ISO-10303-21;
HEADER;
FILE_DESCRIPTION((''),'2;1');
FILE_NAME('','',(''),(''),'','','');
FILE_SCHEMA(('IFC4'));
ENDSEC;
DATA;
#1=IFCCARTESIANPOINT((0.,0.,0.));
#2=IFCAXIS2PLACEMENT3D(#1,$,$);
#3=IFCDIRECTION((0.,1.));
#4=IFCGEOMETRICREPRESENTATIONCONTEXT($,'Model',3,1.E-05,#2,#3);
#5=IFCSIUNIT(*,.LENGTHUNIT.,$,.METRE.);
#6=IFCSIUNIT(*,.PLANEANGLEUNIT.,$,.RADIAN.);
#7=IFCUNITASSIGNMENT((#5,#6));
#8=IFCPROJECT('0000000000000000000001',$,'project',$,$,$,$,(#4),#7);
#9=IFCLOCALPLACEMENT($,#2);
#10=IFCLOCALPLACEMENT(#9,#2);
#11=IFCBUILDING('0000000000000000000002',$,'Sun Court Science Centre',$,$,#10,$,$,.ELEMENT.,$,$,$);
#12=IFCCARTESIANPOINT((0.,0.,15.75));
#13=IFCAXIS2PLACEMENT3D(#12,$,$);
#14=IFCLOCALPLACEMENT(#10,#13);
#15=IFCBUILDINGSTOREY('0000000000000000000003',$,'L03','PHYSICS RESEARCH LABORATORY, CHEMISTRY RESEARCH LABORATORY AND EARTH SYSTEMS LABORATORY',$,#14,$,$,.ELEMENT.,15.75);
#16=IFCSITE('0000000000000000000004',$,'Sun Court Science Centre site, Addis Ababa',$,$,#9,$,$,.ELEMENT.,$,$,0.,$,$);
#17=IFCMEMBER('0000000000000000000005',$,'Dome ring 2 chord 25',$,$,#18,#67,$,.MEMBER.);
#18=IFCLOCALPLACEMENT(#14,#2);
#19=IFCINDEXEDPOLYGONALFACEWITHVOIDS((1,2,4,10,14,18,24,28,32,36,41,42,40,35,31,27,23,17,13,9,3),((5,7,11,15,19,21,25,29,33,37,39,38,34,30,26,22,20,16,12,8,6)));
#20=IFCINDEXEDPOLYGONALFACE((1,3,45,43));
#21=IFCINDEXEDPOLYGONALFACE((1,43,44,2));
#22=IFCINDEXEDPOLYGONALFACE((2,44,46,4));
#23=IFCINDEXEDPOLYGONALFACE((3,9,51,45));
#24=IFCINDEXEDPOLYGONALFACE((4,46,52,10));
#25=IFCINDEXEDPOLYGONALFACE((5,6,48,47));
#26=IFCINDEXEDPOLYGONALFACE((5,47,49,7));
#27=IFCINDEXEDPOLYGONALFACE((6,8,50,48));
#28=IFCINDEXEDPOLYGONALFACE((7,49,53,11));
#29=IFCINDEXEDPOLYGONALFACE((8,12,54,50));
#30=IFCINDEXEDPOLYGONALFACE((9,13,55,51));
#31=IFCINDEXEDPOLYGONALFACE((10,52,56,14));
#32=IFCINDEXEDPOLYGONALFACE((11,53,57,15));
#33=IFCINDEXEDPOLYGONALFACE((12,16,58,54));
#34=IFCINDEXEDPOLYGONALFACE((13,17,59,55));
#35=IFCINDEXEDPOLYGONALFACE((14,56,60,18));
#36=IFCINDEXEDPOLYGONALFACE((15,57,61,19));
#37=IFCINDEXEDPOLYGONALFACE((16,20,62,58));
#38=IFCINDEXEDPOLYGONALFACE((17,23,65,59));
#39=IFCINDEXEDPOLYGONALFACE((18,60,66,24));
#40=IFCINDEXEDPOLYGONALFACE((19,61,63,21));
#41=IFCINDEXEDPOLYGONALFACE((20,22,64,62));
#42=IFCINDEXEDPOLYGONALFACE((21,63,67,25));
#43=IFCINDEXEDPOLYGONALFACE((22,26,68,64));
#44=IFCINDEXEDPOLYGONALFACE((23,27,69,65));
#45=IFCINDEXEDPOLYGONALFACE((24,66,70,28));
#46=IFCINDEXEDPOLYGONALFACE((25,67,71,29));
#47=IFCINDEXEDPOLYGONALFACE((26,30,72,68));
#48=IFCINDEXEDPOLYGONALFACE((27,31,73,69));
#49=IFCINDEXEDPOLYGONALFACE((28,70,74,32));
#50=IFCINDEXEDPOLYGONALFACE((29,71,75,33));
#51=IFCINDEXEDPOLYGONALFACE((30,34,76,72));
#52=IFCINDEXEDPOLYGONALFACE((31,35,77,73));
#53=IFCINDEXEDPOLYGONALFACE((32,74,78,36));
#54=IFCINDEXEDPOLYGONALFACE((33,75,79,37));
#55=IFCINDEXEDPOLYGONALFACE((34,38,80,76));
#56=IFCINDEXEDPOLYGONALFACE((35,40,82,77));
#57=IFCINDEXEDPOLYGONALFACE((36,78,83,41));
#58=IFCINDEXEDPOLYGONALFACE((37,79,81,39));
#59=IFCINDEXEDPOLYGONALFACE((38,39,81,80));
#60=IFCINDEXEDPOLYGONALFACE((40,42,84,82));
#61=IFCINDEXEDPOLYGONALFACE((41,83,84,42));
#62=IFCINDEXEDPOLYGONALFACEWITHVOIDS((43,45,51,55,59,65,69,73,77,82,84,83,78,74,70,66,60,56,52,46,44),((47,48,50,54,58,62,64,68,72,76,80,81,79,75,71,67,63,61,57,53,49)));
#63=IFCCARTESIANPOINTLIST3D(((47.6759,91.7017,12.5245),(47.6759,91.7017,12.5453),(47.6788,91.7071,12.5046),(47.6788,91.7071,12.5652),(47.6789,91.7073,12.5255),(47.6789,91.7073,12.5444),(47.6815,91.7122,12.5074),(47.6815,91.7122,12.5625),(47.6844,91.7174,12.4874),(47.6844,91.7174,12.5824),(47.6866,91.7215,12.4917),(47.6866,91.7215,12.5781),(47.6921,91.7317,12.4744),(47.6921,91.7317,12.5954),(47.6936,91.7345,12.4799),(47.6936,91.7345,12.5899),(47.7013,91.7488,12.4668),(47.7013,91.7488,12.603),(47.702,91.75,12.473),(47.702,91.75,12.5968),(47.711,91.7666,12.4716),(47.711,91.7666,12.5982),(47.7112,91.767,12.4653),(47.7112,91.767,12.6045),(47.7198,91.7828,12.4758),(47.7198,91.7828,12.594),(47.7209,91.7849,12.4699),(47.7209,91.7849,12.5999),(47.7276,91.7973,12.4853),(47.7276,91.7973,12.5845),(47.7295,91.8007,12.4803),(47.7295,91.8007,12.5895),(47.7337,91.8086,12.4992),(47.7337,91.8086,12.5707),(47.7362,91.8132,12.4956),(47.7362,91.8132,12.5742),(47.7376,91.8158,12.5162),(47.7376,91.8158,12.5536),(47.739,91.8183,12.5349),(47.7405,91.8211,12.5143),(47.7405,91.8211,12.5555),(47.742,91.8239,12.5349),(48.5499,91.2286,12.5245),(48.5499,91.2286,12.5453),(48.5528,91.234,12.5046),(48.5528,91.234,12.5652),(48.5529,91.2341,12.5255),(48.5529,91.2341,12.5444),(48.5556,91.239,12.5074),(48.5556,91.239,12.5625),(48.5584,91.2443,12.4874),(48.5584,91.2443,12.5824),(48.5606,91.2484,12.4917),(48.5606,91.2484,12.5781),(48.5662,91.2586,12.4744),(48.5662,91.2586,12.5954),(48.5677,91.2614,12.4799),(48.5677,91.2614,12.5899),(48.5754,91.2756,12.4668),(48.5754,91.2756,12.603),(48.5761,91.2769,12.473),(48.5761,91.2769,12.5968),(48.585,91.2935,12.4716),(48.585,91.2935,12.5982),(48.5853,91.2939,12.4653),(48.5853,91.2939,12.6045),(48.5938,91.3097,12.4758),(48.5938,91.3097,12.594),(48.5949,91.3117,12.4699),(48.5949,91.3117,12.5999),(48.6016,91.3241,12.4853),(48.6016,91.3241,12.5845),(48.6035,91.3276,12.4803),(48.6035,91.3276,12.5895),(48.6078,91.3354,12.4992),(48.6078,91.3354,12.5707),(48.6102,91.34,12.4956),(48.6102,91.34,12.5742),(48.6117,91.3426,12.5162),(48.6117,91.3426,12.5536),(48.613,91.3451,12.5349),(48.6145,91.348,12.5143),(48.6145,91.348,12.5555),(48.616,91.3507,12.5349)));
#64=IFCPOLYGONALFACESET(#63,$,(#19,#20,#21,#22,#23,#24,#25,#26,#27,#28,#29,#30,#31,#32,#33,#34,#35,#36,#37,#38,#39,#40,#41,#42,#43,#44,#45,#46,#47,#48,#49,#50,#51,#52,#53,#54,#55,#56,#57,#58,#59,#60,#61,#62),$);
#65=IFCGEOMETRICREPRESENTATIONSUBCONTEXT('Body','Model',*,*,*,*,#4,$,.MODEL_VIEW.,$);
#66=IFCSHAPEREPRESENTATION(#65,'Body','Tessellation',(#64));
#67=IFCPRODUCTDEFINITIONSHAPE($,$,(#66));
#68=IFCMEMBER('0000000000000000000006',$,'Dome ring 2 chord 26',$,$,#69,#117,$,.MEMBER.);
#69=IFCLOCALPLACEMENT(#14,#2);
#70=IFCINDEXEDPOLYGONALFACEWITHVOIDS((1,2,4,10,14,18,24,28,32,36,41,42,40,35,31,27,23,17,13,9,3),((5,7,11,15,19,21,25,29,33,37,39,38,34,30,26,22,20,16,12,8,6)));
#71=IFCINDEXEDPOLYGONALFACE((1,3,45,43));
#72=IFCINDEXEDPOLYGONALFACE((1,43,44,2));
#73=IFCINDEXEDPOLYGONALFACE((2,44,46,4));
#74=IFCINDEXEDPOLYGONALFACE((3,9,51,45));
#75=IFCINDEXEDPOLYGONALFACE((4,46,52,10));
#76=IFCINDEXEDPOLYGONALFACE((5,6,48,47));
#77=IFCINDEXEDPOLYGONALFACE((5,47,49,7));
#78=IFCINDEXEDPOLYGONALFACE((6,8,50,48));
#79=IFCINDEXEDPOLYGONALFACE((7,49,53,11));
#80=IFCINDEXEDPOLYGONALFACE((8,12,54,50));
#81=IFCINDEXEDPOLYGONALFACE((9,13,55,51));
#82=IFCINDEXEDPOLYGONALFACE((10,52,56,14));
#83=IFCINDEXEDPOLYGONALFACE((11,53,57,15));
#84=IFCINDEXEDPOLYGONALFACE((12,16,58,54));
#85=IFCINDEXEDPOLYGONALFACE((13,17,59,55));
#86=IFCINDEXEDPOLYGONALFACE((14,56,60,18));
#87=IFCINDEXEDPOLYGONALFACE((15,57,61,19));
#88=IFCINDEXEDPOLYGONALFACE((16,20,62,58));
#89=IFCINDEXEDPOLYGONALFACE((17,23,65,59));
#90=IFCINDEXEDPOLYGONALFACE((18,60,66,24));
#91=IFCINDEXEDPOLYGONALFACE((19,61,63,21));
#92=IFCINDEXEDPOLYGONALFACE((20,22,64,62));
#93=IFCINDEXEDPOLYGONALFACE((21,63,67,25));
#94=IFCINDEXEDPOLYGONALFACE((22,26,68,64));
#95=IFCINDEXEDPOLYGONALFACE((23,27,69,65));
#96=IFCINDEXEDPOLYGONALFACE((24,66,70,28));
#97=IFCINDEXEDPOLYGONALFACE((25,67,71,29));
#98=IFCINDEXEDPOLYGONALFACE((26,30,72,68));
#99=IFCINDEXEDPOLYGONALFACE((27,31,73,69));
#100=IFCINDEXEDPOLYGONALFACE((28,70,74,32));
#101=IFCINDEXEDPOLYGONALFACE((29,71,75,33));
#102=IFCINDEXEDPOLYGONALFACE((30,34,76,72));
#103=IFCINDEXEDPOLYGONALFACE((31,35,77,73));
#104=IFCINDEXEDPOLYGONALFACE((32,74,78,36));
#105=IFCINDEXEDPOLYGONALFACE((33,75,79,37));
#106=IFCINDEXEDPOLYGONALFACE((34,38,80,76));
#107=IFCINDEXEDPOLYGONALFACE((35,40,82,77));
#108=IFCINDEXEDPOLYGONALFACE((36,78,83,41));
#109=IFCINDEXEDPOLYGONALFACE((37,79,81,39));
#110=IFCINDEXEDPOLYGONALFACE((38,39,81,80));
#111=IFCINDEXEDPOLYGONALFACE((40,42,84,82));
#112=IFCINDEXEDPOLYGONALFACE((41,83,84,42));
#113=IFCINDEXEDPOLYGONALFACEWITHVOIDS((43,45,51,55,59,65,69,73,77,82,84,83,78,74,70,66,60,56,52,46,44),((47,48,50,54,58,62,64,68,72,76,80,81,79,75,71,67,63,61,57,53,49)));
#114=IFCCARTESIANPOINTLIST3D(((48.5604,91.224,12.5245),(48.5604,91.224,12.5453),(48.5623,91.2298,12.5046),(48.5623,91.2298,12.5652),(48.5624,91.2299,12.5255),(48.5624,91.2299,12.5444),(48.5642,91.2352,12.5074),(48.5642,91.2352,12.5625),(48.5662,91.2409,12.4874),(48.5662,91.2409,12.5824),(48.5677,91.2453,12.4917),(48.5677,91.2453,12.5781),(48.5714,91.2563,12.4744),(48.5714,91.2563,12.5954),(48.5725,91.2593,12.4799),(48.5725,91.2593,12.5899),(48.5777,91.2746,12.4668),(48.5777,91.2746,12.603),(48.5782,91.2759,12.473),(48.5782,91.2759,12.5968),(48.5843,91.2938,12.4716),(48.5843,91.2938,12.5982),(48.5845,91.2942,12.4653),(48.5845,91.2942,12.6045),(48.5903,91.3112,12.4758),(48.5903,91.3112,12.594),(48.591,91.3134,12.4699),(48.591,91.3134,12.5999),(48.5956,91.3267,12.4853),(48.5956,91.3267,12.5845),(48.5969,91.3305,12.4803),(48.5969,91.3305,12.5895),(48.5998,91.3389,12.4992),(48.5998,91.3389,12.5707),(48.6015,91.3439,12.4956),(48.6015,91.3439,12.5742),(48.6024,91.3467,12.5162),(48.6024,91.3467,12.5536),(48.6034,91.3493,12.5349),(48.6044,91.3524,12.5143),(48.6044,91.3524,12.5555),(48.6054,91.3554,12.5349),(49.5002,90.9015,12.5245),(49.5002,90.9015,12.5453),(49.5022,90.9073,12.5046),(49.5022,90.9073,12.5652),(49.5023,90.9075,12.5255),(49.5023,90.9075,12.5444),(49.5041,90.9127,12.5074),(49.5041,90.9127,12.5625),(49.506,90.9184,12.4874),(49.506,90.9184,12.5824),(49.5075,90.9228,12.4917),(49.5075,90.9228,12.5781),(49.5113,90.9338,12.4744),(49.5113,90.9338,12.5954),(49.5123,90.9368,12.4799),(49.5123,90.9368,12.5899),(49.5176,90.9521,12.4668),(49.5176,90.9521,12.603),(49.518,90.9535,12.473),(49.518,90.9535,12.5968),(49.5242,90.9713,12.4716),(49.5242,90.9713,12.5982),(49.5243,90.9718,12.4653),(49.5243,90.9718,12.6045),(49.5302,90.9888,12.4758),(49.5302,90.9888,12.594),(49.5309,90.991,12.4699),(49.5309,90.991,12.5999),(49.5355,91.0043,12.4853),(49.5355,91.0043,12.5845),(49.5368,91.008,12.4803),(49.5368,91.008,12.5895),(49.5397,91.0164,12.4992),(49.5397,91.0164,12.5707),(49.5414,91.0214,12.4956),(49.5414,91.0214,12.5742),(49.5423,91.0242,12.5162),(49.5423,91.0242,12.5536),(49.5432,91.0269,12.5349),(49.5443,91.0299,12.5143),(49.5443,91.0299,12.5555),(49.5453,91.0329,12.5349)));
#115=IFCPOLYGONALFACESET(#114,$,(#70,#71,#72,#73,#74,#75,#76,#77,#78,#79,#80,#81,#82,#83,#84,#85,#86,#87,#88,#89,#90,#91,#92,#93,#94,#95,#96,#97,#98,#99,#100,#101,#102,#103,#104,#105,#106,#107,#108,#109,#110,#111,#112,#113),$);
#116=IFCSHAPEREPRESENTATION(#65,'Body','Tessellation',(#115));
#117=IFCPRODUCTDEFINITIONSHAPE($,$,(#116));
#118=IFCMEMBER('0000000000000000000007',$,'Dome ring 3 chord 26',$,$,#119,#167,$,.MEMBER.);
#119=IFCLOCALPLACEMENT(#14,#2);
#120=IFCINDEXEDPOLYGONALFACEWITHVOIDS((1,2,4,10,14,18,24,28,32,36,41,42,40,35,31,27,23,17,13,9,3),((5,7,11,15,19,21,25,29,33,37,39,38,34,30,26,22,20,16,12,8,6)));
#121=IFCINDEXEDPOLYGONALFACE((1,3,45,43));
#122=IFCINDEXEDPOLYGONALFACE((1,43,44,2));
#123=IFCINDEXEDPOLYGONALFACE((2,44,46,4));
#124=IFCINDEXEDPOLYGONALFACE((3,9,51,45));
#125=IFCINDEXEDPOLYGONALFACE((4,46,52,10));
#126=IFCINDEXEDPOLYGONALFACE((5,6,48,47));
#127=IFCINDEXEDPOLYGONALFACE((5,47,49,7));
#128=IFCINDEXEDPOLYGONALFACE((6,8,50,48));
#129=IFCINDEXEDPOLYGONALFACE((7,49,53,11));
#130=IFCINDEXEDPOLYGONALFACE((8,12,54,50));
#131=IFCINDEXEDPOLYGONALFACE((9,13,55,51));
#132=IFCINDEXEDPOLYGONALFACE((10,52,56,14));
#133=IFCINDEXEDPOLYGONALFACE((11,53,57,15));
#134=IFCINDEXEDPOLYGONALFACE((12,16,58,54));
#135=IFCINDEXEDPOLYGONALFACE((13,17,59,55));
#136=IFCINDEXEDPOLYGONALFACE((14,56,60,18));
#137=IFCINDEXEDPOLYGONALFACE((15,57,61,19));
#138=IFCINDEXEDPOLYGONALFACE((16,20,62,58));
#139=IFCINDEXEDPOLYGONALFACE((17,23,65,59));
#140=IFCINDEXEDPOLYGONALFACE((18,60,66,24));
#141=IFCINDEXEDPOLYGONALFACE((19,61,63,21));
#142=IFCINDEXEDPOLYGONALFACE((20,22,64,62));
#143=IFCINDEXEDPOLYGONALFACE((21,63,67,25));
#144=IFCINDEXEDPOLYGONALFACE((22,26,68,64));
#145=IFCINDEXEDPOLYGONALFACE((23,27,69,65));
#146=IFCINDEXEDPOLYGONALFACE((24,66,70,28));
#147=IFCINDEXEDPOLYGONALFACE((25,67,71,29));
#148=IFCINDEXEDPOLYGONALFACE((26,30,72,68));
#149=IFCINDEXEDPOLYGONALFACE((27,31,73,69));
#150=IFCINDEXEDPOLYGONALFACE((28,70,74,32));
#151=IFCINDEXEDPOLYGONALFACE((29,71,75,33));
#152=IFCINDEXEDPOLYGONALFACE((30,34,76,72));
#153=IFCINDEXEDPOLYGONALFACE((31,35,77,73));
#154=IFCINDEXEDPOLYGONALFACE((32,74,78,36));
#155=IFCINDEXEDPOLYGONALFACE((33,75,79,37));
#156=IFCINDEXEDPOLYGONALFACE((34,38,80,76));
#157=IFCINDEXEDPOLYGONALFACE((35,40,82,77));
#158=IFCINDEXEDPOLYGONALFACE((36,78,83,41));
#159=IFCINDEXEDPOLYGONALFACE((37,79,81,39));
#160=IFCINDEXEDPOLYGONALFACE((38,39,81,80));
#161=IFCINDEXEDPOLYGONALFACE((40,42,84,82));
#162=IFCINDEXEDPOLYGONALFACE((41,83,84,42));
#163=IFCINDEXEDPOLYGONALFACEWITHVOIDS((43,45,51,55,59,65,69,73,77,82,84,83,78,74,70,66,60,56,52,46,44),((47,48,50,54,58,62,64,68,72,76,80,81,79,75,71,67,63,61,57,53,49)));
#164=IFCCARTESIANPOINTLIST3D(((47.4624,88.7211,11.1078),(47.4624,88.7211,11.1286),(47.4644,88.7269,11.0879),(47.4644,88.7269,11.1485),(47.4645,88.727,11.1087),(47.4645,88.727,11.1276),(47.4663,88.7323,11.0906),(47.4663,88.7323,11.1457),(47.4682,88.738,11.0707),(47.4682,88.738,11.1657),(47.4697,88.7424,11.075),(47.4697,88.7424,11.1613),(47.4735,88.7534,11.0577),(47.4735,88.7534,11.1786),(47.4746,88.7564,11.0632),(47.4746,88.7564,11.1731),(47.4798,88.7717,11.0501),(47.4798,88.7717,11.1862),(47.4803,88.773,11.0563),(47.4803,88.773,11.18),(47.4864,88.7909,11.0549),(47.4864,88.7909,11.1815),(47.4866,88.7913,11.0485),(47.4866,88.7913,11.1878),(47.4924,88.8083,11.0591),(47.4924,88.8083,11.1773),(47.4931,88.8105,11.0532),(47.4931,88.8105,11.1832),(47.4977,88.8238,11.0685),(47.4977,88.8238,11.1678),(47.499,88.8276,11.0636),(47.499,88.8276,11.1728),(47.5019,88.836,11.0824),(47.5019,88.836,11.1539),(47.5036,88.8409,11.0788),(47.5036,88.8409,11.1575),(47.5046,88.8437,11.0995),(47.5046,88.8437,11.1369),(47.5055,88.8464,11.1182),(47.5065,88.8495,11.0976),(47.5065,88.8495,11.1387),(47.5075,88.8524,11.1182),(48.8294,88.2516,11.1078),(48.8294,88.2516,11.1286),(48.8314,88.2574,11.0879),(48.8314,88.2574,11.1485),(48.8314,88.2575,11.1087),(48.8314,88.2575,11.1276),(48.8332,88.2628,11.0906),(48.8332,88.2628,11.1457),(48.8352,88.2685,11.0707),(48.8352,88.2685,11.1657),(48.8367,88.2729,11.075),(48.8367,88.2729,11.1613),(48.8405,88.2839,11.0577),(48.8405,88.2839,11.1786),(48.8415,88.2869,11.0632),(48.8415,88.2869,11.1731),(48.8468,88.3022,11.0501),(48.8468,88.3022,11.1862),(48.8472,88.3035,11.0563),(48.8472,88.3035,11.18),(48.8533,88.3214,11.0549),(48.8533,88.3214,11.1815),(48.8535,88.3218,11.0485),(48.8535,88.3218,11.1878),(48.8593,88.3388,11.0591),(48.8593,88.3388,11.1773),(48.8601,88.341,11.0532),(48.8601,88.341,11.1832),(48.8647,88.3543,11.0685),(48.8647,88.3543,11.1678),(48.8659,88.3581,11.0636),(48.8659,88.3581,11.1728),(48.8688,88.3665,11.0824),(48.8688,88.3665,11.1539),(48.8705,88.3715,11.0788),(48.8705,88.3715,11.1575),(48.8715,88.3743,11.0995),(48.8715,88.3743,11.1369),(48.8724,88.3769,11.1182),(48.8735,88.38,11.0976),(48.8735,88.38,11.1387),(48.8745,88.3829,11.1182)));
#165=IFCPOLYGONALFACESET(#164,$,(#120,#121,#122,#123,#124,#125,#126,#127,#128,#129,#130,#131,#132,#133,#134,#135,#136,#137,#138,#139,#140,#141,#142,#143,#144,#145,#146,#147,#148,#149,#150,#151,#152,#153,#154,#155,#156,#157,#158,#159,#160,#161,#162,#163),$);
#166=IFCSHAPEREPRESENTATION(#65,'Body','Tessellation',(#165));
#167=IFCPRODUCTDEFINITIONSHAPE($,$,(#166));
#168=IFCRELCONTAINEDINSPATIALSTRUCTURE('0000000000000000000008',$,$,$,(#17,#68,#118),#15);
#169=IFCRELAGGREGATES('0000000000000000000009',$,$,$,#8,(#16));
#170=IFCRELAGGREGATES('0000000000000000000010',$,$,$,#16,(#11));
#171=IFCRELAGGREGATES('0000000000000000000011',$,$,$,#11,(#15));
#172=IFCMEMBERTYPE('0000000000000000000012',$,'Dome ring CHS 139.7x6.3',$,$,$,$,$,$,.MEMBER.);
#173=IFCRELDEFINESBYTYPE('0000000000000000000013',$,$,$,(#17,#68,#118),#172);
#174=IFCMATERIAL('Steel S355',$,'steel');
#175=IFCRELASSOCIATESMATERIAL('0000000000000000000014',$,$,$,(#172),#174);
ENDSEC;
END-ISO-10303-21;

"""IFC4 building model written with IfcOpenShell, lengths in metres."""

from ifc_helpers import new_model, si_unit, direction, frame, origin, origin_2d, place, context, subcontext, project, spatial, hollow_circle, extrude, material, material_profile, profile_set, type_object, element, save


model = new_model("IFC4")

# Units and contexts
model_context = context("Model", 3, precision=1e-05, world=origin(), true_north=direction((0.0, 1.0)))
body_context = subcontext(model_context, "Body", "Model", "MODEL_VIEW")
ifc_project = project(units=[si_unit("LENGTHUNIT", "METRE"), si_unit("PLANEANGLEUNIT", "RADIAN")], contexts=[model_context])

# Site, building, storey
site_placement = place(None, origin())
site = spatial("IfcSite", under=ifc_project, at=site_placement, Name="Sun Court Science Centre site, Addis Ababa", CompositionType="ELEMENT", RefElevation=0.0)
building_placement = place(site_placement, origin())
building = spatial("IfcBuilding", under=site, at=building_placement, Name="Sun Court Science Centre", CompositionType="ELEMENT")
storey_placement = place(building_placement, frame((0.0, 0.0, 15.75)))
storey = spatial("IfcBuildingStorey", under=building, at=storey_placement, Name="L03", Description="PHYSICS RESEARCH LABORATORY, CHEMISTRY RESEARCH LABORATORY AND EARTH SYSTEMS LABORATORY", CompositionType="ELEMENT", Elevation=15.75)

# Members
ifc_material_1 = material(Name="Steel S355", Category="steel")
ifc_material_profile_1 = material_profile(ifc_material_1, hollow_circle(Radius=0.0698, WallThickness=0.0063, at=origin_2d()), Name="CHS 139.7x6.3")
ifc_profile_set_1 = profile_set([ifc_material_profile_1], Name="Steel S355")
member_type_1 = type_object("IfcMemberType", Name="Dome ring CHS 139.7x6.3", PredefinedType="MEMBER", material=ifc_profile_set_1)
member_1_placement = place(storey_placement, frame((47.7087, 91.7625, 12.5349), z_axis=(0.879412, -0.476062, 0.0), x_axis=(0.476062, 0.879412, 0.0)))
element("IfcMember", 1, at=member_1_placement, inside=storey, type_object=member_type_1, Name="Dome ring 2 chord 25", PredefinedType="MEMBER", context=body_context, shape_type="SweptSolid", body=[
    extrude(hollow_circle(Radius=0.0698, WallThickness=0.0063, at=origin_2d()), origin(), (0.0, 0.0, 1.0), 0.9939),
])
member_2_placement = place(storey_placement, frame((48.5828, 91.2893, 12.5349), z_axis=(0.945871, -0.324544, 0.0), x_axis=(0.324544, 0.945871, 0.0)))
element("IfcMember", 2, at=member_2_placement, inside=storey, type_object=member_type_1, Name="Dome ring 2 chord 26", PredefinedType="MEMBER", context=body_context, shape_type="SweptSolid", body=[
    extrude(hollow_circle(Radius=0.0698, WallThickness=0.0063, at=origin_2d()), origin(), (0.0, 0.0, 1.0), 0.9937),
])
member_3_placement = place(storey_placement, frame((47.4849, 88.7864, 11.1182), z_axis=(0.945773, -0.32483, 0.0), x_axis=(0.32483, 0.945773, 0.0)))
element("IfcMember", 3, at=member_3_placement, inside=storey, type_object=member_type_1, Name="Dome ring 3 chord 26", PredefinedType="MEMBER", context=body_context, shape_type="SweptSolid", body=[
    extrude(hollow_circle(Radius=0.0698, WallThickness=0.0063, at=origin_2d()), origin(), (0.0, 0.0, 1.0), 1.4453),
])

save(model, "model.ifc")
